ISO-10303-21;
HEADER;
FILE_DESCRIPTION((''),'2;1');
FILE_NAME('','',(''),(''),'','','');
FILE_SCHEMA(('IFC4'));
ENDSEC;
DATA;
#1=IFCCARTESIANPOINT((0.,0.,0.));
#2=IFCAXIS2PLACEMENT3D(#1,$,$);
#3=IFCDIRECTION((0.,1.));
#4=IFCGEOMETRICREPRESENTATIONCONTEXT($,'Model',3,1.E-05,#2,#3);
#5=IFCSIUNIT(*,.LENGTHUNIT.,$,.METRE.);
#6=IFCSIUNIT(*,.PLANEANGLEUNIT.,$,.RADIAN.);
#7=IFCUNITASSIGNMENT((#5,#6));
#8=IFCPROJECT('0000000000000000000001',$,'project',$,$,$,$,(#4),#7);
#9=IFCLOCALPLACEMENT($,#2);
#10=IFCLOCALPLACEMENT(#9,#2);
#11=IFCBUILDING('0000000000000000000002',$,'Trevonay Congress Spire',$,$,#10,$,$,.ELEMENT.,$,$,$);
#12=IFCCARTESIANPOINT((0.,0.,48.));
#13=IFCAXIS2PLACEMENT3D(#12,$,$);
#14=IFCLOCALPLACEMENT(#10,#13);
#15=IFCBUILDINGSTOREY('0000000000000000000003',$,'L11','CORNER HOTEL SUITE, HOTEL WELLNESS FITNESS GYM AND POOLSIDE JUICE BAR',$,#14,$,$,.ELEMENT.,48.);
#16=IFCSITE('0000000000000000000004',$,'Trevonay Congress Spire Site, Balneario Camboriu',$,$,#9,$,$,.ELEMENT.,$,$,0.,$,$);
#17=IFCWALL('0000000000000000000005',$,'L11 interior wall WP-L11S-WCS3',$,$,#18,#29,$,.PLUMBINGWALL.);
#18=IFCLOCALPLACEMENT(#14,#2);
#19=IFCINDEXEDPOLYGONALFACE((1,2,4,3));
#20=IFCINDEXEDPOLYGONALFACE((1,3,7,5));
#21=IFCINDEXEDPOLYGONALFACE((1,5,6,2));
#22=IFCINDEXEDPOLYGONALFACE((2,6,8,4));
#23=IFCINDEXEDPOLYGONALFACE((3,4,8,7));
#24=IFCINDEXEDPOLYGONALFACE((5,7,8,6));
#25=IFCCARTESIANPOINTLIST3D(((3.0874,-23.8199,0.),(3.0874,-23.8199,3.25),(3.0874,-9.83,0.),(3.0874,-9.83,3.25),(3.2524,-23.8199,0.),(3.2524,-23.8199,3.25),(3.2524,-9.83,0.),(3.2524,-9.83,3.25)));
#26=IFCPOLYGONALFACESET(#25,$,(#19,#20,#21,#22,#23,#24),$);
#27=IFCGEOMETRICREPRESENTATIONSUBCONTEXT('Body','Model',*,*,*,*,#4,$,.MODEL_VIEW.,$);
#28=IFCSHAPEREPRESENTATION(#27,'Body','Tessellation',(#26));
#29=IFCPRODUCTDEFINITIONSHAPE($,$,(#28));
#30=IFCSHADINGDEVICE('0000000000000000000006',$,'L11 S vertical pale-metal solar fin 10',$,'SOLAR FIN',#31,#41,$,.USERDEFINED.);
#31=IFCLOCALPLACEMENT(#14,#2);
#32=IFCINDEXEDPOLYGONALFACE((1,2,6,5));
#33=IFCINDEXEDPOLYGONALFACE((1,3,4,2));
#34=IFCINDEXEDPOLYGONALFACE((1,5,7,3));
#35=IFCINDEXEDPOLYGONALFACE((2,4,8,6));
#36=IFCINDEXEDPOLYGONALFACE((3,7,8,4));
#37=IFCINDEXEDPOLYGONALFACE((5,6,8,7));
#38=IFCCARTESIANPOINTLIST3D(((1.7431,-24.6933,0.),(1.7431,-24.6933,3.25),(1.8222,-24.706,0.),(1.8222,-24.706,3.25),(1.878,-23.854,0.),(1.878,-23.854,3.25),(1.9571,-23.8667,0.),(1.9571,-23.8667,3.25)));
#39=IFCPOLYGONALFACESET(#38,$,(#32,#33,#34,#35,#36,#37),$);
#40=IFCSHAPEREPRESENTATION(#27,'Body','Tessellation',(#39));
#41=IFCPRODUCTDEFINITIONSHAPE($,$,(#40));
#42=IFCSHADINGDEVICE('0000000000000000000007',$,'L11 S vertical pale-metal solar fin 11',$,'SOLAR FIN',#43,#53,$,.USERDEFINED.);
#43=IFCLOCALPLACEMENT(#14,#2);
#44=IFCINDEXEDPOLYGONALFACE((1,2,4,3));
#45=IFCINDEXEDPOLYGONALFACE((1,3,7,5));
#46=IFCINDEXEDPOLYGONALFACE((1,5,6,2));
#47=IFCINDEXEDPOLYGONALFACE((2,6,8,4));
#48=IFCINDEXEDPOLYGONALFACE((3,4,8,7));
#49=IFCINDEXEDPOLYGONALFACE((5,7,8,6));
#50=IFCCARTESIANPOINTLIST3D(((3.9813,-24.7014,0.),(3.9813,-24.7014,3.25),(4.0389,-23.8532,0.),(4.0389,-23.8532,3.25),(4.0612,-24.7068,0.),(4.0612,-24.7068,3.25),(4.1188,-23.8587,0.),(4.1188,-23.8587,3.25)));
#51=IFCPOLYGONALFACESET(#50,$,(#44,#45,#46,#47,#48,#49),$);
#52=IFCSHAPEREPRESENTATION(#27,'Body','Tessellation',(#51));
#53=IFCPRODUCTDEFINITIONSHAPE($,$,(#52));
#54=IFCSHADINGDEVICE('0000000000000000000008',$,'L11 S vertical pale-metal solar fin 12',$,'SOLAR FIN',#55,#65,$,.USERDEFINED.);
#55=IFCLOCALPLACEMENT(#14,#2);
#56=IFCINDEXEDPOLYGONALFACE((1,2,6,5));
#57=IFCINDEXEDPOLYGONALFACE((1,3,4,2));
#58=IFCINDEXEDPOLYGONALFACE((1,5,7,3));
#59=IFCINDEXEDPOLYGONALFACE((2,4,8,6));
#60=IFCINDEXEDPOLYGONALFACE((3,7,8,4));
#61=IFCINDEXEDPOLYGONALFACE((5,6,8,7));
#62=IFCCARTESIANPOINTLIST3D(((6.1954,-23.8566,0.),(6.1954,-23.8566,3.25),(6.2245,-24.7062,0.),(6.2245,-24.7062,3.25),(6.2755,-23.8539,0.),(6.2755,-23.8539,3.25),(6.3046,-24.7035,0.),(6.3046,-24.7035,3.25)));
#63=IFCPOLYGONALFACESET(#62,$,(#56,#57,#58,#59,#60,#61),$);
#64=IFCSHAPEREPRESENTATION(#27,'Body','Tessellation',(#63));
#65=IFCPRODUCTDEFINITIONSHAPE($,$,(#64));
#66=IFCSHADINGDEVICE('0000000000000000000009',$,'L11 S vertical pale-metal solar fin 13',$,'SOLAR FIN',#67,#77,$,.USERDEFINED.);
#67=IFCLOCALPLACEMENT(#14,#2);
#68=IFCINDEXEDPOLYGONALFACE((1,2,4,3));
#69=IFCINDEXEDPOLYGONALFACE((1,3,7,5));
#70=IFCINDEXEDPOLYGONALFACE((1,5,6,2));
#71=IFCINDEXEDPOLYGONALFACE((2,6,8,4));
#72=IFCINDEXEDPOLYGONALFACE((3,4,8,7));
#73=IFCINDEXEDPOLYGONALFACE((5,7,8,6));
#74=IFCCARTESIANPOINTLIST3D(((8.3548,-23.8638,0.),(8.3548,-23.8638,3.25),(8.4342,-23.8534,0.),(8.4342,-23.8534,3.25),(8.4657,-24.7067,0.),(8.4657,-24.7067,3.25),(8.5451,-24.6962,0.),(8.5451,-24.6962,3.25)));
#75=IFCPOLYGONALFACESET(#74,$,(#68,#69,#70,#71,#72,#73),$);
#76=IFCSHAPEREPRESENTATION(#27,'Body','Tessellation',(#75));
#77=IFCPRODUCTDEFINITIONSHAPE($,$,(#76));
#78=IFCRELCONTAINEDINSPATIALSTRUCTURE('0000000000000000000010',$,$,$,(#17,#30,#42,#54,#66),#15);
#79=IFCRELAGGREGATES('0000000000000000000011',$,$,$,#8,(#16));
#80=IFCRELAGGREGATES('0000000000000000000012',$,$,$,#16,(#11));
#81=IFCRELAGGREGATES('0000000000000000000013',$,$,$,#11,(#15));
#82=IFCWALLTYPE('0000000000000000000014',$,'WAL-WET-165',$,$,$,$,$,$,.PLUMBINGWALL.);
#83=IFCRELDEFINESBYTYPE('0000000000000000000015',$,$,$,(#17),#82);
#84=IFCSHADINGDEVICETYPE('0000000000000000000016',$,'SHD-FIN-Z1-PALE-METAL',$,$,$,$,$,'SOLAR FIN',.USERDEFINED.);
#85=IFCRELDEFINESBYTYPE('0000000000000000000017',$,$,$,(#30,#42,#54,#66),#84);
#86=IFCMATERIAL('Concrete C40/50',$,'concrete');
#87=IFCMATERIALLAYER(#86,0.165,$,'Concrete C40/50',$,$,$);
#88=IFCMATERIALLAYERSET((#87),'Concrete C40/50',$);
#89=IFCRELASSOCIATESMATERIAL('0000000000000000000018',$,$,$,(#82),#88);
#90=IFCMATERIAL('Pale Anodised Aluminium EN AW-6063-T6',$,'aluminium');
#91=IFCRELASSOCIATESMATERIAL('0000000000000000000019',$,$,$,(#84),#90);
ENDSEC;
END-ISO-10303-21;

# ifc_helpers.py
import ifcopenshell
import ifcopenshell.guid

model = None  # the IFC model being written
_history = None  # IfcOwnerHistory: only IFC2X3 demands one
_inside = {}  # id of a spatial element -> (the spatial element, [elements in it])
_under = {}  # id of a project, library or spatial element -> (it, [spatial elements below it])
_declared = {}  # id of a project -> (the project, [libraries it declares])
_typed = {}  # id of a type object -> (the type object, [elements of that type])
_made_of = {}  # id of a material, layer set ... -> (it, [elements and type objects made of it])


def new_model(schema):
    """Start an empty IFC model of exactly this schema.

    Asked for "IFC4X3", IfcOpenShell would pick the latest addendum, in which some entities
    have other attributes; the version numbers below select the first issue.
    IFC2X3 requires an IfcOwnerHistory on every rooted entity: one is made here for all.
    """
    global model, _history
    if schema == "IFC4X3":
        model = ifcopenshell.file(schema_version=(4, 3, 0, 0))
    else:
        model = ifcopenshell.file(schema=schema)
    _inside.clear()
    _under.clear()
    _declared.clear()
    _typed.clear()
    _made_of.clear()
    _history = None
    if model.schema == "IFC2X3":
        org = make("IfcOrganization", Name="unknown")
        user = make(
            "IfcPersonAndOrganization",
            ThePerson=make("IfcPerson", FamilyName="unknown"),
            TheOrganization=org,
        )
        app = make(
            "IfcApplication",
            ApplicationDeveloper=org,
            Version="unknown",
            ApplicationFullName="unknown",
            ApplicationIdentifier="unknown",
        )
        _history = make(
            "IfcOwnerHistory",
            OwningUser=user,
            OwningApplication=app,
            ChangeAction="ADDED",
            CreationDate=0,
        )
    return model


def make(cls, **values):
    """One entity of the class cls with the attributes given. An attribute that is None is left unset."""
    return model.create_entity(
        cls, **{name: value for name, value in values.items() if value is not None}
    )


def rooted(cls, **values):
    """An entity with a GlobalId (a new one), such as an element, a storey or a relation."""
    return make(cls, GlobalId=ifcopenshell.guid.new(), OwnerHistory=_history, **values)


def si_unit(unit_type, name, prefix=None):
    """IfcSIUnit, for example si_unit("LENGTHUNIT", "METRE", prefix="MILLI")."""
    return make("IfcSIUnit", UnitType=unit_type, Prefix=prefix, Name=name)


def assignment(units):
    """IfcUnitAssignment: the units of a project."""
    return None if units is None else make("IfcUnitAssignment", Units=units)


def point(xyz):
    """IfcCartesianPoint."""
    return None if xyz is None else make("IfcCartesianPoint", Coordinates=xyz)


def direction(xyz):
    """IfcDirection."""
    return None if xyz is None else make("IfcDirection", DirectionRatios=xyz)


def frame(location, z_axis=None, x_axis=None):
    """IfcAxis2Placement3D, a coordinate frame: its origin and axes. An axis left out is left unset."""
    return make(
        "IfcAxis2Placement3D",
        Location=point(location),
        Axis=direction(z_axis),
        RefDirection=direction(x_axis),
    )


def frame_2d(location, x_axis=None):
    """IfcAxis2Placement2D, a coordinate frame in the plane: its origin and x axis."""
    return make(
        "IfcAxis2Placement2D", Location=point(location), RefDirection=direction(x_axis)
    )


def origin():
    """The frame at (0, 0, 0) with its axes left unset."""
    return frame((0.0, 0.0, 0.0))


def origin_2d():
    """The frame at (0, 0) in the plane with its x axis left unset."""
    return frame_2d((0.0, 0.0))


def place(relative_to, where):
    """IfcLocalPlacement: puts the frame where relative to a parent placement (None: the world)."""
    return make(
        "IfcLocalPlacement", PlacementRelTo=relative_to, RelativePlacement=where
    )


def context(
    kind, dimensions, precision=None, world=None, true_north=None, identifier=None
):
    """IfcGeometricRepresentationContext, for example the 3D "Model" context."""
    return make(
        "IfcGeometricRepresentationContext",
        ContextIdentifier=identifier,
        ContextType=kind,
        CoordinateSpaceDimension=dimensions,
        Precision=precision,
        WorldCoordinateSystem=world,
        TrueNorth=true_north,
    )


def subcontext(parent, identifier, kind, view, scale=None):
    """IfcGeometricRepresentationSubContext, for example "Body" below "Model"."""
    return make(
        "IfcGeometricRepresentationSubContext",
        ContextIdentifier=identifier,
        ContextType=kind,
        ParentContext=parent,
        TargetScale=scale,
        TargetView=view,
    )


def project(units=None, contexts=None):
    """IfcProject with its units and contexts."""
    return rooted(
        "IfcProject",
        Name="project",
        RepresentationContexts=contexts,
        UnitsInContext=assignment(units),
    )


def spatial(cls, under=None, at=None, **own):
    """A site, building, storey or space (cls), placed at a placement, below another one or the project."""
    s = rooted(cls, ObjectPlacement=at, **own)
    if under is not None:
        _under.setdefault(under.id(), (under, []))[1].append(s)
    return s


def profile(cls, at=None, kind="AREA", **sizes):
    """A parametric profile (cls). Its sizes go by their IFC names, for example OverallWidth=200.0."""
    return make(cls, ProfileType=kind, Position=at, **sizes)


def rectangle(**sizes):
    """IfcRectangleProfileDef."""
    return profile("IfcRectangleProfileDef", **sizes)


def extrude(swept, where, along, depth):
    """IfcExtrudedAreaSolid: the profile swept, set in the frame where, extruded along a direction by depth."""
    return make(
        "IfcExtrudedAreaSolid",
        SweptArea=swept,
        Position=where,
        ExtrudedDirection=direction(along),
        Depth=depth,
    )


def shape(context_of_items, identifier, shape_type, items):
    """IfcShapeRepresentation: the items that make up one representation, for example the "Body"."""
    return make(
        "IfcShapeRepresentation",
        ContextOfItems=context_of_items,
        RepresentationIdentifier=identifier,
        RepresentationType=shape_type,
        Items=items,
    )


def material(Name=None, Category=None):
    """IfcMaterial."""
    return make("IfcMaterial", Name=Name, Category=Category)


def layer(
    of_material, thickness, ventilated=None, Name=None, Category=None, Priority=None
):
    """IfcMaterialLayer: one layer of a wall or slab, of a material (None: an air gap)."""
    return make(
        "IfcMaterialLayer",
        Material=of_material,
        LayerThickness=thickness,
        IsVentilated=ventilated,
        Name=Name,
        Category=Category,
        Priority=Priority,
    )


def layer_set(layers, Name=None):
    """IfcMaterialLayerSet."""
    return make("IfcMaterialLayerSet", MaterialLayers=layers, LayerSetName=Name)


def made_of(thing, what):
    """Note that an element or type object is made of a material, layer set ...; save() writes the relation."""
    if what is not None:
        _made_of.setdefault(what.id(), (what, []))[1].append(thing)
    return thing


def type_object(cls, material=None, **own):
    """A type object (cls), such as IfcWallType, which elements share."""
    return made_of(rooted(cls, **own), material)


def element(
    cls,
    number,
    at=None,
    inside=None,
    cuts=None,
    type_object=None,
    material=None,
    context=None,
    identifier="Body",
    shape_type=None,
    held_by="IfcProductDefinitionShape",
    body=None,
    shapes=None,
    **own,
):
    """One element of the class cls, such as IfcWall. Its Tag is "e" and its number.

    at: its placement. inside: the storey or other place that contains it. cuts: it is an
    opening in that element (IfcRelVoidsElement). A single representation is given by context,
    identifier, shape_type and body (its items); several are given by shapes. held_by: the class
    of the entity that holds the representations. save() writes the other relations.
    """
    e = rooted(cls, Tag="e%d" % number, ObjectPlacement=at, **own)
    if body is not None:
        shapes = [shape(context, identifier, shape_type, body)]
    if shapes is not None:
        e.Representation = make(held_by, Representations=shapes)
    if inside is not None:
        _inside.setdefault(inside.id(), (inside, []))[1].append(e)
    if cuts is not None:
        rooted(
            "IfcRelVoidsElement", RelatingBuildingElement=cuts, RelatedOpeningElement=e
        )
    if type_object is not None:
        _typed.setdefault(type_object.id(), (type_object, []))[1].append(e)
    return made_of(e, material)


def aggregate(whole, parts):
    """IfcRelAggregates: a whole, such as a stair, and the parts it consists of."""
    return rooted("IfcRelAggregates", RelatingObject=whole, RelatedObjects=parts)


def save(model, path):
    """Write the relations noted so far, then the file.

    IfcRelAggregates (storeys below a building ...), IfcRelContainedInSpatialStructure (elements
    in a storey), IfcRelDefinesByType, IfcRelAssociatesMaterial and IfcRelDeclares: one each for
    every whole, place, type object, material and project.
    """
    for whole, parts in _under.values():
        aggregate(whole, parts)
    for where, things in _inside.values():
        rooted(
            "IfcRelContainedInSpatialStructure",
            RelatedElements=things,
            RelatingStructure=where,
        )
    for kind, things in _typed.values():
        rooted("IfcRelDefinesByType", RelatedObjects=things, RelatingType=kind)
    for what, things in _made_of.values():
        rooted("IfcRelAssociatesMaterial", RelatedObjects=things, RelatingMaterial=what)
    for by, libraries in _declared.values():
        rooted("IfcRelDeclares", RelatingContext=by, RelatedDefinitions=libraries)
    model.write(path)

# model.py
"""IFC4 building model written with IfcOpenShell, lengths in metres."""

from ifc_helpers import new_model, si_unit, direction, frame, frame_2d, origin, origin_2d, place, context, subcontext, project, spatial, rectangle, extrude, material, layer, layer_set, type_object, element, save


model = new_model("IFC4")

# Units and contexts
model_context = context("Model", 3, precision=1e-05, world=origin(), true_north=direction((0.0, 1.0)))
body_context = subcontext(model_context, "Body", "Model", "MODEL_VIEW")
ifc_project = project(units=[si_unit("LENGTHUNIT", "METRE"), si_unit("PLANEANGLEUNIT", "RADIAN")], contexts=[model_context])

# Site, building, storey
site_placement = place(None, origin())
site = spatial("IfcSite", under=ifc_project, at=site_placement, Name="Trevonay Congress Spire Site, Balneario Camboriu", CompositionType="ELEMENT", RefElevation=0.0)
building_placement = place(site_placement, origin())
building = spatial("IfcBuilding", under=site, at=building_placement, Name="Trevonay Congress Spire", CompositionType="ELEMENT")
storey_placement = place(building_placement, frame((0.0, 0.0, 48.0)))
storey = spatial("IfcBuildingStorey", under=building, at=storey_placement, Name="L11", Description="CORNER HOTEL SUITE, HOTEL WELLNESS FITNESS GYM AND POOLSIDE JUICE BAR", CompositionType="ELEMENT", Elevation=48.0)

# Shared definitions
ifc_material_1 = material(Name="Pale Anodised Aluminium EN AW-6063-T6", Category="aluminium")

# Wall
ifc_material_2 = material(Name="Concrete C40/50", Category="concrete")
ifc_layer_1 = layer(ifc_material_2, 0.165, Name="Concrete C40/50")
ifc_layer_set_1 = layer_set([ifc_layer_1], Name="Concrete C40/50")
wall_type_1 = type_object("IfcWallType", Name="WAL-WET-165", PredefinedType="PLUMBINGWALL", material=ifc_layer_set_1)
wall_1_placement = place(storey_placement, frame((3.1699, -23.8201, 0.0), z_axis=(0.0, 0.0, 1.0), x_axis=(0.0, 1.0, 0.0)))
element("IfcWall", 1, at=wall_1_placement, inside=storey, type_object=wall_type_1, Name="L11 interior wall WP-L11S-WCS3", PredefinedType="PLUMBINGWALL", context=body_context, shape_type="SweptSolid", body=[
    extrude(rectangle(XDim=13.99, YDim=0.165, at=frame_2d((6.9951, 0.0))), origin(), (0.0, 0.0, 1.0), 3.25),
])

# Shading devices
shading_device_type = type_object("IfcShadingDeviceType", Name="SHD-FIN-Z1-PALE-METAL", ElementType="SOLAR FIN", PredefinedType="USERDEFINED", material=ifc_material_1)
for number, where, z_axis, x_axis, name in (
    (2, (1.8501, -24.28, 0.0), (0.0, 0.0, 1.0), (0.987331, -0.158675, 0.0), "L11 S vertical pale-metal solar fin 10"),
    (3, (4.05, -24.28, 0.0), (0.0, 0.0, 1.0), (0.997708, -0.067667, 0.0), "L11 S vertical pale-metal solar fin 11"),
    (4, (6.25, -24.28, 0.0), (0.0, 0.0, 1.0), (0.999415, 0.034202, 0.0), "L11 S vertical pale-metal solar fin 12"),
    (5, (8.45, -24.28, 0.0), (0.0, 0.0, 1.0), (0.991445, 0.130526, 0.0), "L11 S vertical pale-metal solar fin 13"),
):
    element("IfcShadingDevice", number, at=place(storey_placement, frame(where, z_axis=z_axis, x_axis=x_axis)), inside=storey, type_object=shading_device_type, Name=name, ObjectType="SOLAR FIN", PredefinedType="USERDEFINED", context=body_context, shape_type="SweptSolid", body=[
        extrude(rectangle(XDim=0.0801, YDim=0.8501, at=origin_2d()), origin(), (0.0, 0.0, 1.0), 3.25),
    ])

save(model, "model.ifc")
